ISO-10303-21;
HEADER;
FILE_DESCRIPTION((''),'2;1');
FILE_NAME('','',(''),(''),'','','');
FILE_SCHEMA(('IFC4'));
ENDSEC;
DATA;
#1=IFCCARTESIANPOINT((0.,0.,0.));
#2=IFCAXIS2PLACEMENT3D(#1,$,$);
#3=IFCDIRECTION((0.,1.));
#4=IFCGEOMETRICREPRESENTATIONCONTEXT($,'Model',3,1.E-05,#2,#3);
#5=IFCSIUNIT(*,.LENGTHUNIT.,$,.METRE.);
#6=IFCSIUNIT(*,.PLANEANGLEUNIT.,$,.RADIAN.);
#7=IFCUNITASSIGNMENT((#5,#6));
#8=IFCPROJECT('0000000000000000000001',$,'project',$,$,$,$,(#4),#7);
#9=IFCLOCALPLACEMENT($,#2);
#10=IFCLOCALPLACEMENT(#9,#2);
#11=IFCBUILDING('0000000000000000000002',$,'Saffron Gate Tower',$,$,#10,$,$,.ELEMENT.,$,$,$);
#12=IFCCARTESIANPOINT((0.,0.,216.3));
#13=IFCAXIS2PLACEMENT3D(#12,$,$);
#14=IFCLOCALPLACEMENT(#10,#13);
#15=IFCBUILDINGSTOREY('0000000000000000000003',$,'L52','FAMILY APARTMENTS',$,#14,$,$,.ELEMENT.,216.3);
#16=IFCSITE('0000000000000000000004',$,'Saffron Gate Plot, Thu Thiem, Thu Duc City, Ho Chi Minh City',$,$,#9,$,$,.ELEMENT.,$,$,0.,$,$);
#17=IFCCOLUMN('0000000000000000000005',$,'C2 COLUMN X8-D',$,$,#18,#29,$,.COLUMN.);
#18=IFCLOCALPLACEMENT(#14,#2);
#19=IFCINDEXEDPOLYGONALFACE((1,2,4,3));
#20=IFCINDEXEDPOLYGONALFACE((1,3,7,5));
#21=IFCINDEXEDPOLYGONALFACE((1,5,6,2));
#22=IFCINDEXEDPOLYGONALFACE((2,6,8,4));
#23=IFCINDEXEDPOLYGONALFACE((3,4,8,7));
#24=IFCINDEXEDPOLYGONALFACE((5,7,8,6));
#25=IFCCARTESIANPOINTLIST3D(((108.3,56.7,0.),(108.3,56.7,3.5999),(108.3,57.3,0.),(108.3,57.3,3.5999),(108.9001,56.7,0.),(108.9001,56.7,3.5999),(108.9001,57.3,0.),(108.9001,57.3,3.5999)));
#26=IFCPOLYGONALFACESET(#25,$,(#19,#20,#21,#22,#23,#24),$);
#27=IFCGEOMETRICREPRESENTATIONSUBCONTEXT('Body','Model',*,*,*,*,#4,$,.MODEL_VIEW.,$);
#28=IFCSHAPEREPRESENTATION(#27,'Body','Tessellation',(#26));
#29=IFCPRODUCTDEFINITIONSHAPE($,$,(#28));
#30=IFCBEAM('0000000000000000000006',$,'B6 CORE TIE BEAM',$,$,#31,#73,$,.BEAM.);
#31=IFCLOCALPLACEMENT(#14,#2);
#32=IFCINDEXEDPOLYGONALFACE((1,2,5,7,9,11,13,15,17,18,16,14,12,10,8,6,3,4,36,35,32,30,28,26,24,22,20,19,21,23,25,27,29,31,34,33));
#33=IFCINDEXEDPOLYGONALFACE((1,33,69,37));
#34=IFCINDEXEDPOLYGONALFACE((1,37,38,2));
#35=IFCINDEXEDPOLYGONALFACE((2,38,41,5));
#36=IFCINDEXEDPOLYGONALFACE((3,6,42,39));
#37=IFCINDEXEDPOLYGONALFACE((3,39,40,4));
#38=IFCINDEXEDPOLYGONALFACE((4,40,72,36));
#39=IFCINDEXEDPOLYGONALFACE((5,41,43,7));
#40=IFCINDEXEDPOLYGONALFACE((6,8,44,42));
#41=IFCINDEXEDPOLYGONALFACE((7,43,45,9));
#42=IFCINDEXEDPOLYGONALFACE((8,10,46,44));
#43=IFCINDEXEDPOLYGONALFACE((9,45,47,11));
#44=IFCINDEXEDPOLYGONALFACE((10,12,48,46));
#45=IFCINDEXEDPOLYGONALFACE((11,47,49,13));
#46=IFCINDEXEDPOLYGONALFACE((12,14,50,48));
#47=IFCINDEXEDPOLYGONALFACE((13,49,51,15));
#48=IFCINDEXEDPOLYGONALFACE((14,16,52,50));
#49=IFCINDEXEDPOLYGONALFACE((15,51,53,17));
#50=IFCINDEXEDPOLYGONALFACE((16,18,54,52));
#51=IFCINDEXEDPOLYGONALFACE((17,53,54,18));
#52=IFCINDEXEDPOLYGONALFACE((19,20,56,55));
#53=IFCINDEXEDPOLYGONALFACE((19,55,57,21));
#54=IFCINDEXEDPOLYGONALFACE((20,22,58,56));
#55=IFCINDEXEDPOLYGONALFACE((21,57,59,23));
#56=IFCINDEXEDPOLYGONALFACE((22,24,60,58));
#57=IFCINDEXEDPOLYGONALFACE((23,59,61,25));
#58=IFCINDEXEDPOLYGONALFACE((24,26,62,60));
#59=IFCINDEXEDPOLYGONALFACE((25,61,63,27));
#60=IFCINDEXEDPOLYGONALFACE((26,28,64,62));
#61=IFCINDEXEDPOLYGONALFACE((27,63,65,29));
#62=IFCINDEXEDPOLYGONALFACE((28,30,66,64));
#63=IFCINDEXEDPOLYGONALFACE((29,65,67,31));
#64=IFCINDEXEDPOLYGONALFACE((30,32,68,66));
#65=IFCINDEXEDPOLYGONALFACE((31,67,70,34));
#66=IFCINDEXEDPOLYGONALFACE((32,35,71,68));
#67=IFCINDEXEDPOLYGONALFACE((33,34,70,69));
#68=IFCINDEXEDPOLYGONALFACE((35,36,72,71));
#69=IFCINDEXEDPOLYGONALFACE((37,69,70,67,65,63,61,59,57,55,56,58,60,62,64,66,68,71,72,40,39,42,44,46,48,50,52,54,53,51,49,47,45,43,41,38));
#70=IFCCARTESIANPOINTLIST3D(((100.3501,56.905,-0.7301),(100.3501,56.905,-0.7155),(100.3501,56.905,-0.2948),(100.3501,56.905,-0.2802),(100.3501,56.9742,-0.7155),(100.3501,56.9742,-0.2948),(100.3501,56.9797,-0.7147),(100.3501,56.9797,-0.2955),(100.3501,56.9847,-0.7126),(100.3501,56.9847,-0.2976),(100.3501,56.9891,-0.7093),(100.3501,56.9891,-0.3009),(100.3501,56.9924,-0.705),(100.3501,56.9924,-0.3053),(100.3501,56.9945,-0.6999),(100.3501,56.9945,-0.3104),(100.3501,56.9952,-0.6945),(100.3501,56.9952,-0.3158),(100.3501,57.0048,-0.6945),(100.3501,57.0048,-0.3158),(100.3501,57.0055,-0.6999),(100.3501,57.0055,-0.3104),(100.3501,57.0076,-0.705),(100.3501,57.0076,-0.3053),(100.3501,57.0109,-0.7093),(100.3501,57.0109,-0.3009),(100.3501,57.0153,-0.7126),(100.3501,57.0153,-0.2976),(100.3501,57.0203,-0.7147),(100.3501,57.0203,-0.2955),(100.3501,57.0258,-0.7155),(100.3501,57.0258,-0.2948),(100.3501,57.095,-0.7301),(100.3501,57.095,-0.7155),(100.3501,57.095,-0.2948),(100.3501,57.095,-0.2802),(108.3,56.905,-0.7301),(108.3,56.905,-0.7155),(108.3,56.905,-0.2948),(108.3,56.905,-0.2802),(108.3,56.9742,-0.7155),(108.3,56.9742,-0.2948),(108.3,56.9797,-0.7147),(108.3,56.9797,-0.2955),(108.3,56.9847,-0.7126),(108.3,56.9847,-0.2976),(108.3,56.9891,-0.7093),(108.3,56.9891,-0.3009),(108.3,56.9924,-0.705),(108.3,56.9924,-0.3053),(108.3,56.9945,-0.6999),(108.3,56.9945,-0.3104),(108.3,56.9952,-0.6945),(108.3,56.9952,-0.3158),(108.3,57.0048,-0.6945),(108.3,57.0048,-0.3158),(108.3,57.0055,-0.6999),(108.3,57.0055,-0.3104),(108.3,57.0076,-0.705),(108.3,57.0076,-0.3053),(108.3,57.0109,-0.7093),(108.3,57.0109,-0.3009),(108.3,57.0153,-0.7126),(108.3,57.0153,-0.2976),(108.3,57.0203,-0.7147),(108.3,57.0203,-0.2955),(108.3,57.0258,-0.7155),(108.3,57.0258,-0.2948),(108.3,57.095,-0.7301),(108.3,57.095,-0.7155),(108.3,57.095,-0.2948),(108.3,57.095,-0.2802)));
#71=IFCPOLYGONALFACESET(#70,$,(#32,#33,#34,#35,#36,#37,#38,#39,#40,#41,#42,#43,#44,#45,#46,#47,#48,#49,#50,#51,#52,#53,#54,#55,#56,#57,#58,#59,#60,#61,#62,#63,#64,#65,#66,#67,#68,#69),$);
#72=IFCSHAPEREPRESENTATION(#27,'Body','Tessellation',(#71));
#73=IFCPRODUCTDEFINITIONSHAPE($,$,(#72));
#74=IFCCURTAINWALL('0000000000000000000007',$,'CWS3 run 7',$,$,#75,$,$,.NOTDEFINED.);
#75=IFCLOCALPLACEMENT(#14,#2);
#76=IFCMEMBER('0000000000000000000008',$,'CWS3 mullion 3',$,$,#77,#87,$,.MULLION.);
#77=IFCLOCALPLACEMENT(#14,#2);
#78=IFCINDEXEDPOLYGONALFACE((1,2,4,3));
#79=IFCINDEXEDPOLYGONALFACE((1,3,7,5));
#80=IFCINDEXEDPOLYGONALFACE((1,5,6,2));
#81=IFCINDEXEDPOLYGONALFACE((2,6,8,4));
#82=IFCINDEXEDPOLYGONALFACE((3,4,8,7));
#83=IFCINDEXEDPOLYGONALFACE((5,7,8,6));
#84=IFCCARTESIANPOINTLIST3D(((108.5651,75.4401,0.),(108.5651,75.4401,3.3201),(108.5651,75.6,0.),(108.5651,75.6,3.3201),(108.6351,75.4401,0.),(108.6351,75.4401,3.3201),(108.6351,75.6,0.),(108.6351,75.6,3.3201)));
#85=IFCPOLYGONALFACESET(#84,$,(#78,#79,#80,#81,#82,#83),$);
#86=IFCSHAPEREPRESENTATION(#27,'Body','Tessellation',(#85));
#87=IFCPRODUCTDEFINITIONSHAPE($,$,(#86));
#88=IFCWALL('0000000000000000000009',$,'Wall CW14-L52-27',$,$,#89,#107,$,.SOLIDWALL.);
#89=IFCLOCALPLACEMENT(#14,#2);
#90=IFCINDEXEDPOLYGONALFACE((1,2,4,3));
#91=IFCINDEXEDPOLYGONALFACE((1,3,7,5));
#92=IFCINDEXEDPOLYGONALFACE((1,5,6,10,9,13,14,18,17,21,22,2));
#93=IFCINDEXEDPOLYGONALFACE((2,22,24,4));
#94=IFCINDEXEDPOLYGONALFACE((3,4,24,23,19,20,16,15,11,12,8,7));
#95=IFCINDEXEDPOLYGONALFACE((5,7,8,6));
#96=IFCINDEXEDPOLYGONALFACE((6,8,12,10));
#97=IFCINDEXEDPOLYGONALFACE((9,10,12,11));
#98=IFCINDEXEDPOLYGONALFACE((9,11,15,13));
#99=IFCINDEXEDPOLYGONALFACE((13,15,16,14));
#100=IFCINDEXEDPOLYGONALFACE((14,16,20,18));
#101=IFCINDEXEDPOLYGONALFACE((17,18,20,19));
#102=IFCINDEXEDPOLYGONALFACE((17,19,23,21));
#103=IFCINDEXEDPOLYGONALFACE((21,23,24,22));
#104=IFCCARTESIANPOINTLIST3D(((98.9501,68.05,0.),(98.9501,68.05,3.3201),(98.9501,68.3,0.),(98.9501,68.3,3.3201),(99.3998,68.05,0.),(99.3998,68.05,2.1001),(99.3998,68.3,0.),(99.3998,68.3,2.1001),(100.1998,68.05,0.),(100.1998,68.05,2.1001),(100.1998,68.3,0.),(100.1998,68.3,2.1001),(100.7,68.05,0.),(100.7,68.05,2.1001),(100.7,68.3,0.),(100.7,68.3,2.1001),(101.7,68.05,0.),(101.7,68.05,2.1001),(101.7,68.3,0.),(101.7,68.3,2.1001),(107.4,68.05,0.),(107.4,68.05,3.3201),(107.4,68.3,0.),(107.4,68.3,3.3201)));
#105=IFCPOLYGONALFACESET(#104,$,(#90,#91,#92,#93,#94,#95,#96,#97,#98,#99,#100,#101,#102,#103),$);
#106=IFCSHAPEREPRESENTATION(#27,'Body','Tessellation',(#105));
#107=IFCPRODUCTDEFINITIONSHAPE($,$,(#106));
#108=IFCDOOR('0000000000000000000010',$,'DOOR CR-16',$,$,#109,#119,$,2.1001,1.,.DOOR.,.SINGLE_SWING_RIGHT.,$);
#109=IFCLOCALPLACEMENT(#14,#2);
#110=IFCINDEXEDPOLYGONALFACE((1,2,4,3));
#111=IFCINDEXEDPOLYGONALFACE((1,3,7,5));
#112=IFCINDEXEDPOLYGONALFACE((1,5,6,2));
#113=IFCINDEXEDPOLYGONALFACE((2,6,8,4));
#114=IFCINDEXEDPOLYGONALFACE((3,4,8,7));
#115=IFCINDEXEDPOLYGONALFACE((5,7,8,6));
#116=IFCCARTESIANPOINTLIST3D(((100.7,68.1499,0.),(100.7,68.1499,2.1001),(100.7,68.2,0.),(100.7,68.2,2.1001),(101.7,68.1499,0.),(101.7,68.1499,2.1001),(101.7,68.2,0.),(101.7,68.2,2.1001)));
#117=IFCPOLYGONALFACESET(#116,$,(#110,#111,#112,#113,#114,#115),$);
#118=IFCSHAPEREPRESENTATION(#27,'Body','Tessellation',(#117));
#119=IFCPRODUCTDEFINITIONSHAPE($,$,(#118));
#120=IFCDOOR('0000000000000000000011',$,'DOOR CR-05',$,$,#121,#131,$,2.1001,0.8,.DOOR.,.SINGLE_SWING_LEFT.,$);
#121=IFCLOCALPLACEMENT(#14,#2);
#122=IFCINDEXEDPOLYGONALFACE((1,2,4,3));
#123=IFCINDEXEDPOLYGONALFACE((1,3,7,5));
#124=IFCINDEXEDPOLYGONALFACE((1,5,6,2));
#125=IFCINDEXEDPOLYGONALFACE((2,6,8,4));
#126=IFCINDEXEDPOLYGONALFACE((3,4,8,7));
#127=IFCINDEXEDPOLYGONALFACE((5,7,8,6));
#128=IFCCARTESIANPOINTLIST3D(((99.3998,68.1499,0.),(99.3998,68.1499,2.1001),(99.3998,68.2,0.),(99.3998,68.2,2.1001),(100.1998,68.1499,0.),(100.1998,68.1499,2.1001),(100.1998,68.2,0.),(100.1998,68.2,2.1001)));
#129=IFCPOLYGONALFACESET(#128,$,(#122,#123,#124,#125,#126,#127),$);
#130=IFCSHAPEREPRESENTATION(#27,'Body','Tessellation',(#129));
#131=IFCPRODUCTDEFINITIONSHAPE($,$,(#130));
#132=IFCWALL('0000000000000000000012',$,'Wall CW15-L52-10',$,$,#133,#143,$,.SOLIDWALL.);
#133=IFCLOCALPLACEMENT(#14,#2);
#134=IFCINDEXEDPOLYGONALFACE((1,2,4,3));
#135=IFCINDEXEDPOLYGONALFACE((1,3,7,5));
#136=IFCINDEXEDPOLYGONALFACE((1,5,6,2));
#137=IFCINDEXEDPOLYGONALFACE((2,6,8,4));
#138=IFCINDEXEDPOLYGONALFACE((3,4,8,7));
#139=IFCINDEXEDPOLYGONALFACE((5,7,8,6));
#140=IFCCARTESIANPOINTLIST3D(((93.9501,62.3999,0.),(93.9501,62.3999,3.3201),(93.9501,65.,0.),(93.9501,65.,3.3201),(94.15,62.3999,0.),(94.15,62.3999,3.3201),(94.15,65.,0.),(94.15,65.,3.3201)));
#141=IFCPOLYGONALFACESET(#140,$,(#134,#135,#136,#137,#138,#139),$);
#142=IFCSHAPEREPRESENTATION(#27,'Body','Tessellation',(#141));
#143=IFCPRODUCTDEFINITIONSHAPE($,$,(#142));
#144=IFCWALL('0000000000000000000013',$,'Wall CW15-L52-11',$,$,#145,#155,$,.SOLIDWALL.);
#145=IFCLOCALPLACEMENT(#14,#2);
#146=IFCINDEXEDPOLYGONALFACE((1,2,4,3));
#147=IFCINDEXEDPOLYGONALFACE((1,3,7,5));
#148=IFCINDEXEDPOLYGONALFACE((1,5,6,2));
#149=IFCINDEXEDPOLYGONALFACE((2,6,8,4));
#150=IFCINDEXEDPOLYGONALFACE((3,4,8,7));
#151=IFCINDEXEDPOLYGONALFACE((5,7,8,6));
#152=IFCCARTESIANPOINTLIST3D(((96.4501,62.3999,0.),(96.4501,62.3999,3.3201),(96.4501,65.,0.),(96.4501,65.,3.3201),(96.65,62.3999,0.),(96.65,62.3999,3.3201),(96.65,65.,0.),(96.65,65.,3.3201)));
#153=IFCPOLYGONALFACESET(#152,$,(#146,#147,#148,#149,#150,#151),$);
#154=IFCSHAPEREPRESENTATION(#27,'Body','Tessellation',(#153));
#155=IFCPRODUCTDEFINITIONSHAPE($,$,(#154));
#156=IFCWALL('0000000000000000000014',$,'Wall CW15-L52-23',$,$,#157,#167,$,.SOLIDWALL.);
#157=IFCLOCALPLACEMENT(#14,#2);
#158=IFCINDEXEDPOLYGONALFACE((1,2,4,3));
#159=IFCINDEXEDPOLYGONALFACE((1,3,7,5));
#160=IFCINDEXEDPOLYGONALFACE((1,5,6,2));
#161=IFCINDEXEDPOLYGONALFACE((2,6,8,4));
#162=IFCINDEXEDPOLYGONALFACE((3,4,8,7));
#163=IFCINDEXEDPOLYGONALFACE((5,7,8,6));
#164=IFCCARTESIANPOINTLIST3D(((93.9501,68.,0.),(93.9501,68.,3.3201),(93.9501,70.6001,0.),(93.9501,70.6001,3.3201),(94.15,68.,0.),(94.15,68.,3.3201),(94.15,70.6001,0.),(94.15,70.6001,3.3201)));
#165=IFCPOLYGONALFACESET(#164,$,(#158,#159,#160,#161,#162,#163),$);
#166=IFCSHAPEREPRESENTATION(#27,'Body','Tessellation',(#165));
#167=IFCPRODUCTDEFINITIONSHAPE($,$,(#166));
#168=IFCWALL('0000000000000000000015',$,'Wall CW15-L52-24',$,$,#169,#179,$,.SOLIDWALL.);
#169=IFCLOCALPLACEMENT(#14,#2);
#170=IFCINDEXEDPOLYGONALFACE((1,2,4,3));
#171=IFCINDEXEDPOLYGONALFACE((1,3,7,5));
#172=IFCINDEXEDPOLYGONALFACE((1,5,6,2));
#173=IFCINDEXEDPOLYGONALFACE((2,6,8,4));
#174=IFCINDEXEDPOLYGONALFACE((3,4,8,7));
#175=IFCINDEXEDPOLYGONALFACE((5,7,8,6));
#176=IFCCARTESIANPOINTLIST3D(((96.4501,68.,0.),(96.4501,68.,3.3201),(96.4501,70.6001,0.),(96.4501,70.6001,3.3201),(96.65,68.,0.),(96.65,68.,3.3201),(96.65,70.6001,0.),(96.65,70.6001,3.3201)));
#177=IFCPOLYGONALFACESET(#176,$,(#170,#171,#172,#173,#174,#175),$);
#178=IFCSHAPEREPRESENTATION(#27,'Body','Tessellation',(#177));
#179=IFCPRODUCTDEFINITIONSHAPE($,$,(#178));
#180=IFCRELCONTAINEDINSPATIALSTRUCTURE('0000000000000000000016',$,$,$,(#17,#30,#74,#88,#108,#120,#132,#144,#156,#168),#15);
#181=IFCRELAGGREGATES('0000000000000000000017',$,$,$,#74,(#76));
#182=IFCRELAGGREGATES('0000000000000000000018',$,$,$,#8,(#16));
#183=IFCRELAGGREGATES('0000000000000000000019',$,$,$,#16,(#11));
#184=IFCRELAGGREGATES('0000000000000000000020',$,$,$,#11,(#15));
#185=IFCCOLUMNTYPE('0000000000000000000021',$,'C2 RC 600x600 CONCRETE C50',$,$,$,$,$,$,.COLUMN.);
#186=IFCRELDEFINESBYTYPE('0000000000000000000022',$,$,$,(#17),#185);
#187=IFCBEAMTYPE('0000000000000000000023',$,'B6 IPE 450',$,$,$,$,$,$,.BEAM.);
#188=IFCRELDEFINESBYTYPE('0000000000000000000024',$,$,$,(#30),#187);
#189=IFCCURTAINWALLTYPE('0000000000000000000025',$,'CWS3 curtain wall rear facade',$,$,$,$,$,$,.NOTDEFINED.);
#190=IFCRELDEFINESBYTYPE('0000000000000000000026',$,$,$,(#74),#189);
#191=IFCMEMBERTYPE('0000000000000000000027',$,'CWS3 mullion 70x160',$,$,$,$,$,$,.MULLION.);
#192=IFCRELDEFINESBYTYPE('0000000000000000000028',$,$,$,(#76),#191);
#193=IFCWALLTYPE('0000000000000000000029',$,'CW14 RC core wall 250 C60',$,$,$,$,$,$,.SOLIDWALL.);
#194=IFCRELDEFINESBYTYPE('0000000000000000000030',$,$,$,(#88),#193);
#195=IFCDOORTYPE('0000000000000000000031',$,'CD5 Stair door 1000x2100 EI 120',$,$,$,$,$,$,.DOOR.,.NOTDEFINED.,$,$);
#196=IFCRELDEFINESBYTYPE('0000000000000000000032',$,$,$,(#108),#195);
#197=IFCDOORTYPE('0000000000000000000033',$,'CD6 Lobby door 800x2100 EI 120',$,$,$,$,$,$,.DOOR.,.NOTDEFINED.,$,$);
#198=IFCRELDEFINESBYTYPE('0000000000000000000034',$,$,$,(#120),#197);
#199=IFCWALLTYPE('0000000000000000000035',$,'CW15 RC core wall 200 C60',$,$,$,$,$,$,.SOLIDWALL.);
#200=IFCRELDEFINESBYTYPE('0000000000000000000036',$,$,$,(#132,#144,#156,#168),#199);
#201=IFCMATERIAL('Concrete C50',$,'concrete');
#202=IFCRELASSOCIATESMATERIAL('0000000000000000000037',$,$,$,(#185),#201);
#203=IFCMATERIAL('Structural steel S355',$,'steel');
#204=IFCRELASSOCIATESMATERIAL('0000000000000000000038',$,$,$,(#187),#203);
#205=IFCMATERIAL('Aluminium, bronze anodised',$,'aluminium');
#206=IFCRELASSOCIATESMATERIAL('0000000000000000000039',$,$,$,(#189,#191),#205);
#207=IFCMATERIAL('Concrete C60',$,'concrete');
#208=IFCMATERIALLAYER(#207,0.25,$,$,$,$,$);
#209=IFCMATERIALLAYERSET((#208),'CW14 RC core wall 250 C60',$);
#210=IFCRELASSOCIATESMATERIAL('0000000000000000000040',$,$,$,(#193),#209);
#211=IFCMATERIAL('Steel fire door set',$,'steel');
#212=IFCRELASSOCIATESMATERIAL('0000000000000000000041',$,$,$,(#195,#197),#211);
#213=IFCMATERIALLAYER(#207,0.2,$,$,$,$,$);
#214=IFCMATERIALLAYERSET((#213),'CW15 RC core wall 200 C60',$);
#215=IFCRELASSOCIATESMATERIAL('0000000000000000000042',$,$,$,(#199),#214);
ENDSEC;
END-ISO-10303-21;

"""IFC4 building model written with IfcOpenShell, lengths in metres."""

from ifc_helpers import new_model, si_unit, direction, frame, frame_2d, origin, origin_2d, place, context, subcontext, project, spatial, rectangle, i_section, extrude, material, layer, layer_set, material_profile, profile_set, type_object, element, fill, aggregate, save


model = new_model("IFC4")

# Units and contexts
model_context = context("Model", 3, precision=1e-05, world=origin(), true_north=direction((0.0, 1.0)))
body_context = subcontext(model_context, "Body", "Model", "MODEL_VIEW")
ifc_project = project(units=[si_unit("LENGTHUNIT", "METRE"), si_unit("PLANEANGLEUNIT", "RADIAN")], contexts=[model_context])

# Site, building, storey
site_placement = place(None, origin())
site = spatial("IfcSite", under=ifc_project, at=site_placement, Name="Saffron Gate Plot, Thu Thiem, Thu Duc City, Ho Chi Minh City", CompositionType="ELEMENT", RefElevation=0.0)
building_placement = place(site_placement, origin())
building = spatial("IfcBuilding", under=site, at=building_placement, Name="Saffron Gate Tower", CompositionType="ELEMENT")
storey_placement = place(building_placement, frame((0.0, 0.0, 216.3)))
storey = spatial("IfcBuildingStorey", under=building, at=storey_placement, Name="L52", Description="FAMILY APARTMENTS", CompositionType="ELEMENT", Elevation=216.3)

# Column
ifc_material_1 = material(Name="Concrete C50", Category="concrete")
ifc_material_profile_1 = material_profile(ifc_material_1, rectangle(XDim=0.6001, YDim=0.6001, at=origin_2d()))
ifc_profile_set_1 = profile_set([ifc_material_profile_1], Name="Concrete C50")
column_type = type_object("IfcColumnType", Name="C2 RC 600x600 CONCRETE C50", PredefinedType="COLUMN", material=ifc_profile_set_1)
column_placement = place(storey_placement, frame((108.6001, 57.0, 0.0), z_axis=(0.0, 0.0, 1.0), x_axis=(1.0, 0.0, 0.0)))
element("IfcColumn", 1, at=column_placement, inside=storey, type_object=column_type, Name="C2 COLUMN X8-D", PredefinedType="COLUMN", context=body_context, shape_type="SweptSolid", body=[
    extrude(rectangle(XDim=0.6001, YDim=0.6001, at=origin_2d()), origin(), (0.0, 0.0, 1.0), 3.5999),
])

# Beam
ifc_material_2 = material(Name="Structural steel S355", Category="steel")
ifc_material_profile_2 = material_profile(ifc_material_2, i_section(OverallWidth=0.1899, OverallDepth=0.45, WebThickness=0.0095, FlangeThickness=0.0146, FilletRadius=0.021, at=origin_2d()))
ifc_profile_set_2 = profile_set([ifc_material_profile_2], Name="Structural steel S355")
beam_type = type_object("IfcBeamType", Name="B6 IPE 450", PredefinedType="BEAM", material=ifc_profile_set_2)
beam_placement = place(storey_placement, frame((108.3, 57.0, -0.5051), z_axis=(-1.0, 0.0, 0.0), x_axis=(0.0, -1.0, 0.0)))
element("IfcBeam", 2, at=beam_placement, inside=storey, type_object=beam_type, Name="B6 CORE TIE BEAM", PredefinedType="BEAM", context=body_context, shape_type="SweptSolid", body=[
    extrude(i_section(OverallWidth=0.1899, OverallDepth=0.45, WebThickness=0.0095, FlangeThickness=0.0146, FilletRadius=0.021, at=origin_2d()), origin(), (0.0, 0.0, 1.0), 7.95),
])

# Curtain wall, member
ifc_material_3 = material(Name="Aluminium, bronze anodised", Category="aluminium")
curtain_wall_type = type_object("IfcCurtainWallType", Name="CWS3 curtain wall rear facade", PredefinedType="NOTDEFINED", material=ifc_material_3)
curtain_wall_placement = place(storey_placement, origin())
curtain_wall = element("IfcCurtainWall", 3, at=curtain_wall_placement, inside=storey, type_object=curtain_wall_type, Name="CWS3 run 7", PredefinedType="NOTDEFINED")
ifc_material_profile_3 = material_profile(ifc_material_3, rectangle(XDim=0.1599, YDim=0.0701, at=origin_2d()))
ifc_profile_set_3 = profile_set([ifc_material_profile_3], Name="Aluminium, bronze anodised")
member_type = type_object("IfcMemberType", Name="CWS3 mullion 70x160", PredefinedType="MULLION", material=ifc_profile_set_3)
member_placement = place(storey_placement, frame((108.6001, 75.52, 0.0), z_axis=(0.0, 0.0, 1.0), x_axis=(0.0, -1.0, 0.0)))
member = element("IfcMember", 4, at=member_placement, type_object=member_type, Name="CWS3 mullion 3", PredefinedType="MULLION", context=body_context, shape_type="SweptSolid", body=[
    extrude(rectangle(XDim=0.1599, YDim=0.0701, at=origin_2d()), origin(), (0.0, 0.0, 1.0), 3.3201),
])
aggregate(curtain_wall, [member])

# Wall, openings, doors
ifc_material_4 = material(Name="Concrete C60", Category="concrete")
ifc_layer_1 = layer(ifc_material_4, 0.25)
ifc_layer_set_1 = layer_set([ifc_layer_1], Name="CW14 RC core wall 250 C60")
wall_type_1 = type_object("IfcWallType", Name="CW14 RC core wall 250 C60", PredefinedType="SOLIDWALL", material=ifc_layer_set_1)
wall_1_placement = place(storey_placement, frame((98.95, 68.175, 0.0), z_axis=(0.0, 0.0, 1.0), x_axis=(1.0, 0.0, 0.0)))
wall_1 = element("IfcWall", 5, at=wall_1_placement, inside=storey, type_object=wall_type_1, Name="Wall CW14-L52-27", PredefinedType="SOLIDWALL", context=body_context, shape_type="SweptSolid", body=[
    extrude(rectangle(XDim=8.45, YDim=0.25, at=frame_2d((4.2251, 0.0))), origin(), (0.0, 0.0, 1.0), 3.3201),
])
opening_1_placement = place(wall_1_placement, frame((0.45, 0.0, 0.0)))
opening_1 = element("IfcOpeningElement", 6, at=opening_1_placement, cuts=wall_1, PredefinedType="OPENING", context=body_context, shape_type="SweptSolid", body=[
    extrude(rectangle(XDim=0.8, YDim=2.1001, at=frame_2d((0.3999, 1.05))), frame((0.0, 0.135, 0.0), z_axis=(0.0, -1.0, 0.0), x_axis=(1.0, 0.0, 0.0)), (0.0, 0.0, 1.0), 0.27),
])
opening_2_placement = place(wall_1_placement, frame((1.75, 0.0, 0.0)))
opening_2 = element("IfcOpeningElement", 7, at=opening_2_placement, cuts=wall_1, PredefinedType="OPENING", context=body_context, shape_type="SweptSolid", body=[
    extrude(rectangle(XDim=1.0, YDim=2.1001, at=frame_2d((0.5, 1.05))), frame((0.0, 0.135, 0.0), z_axis=(0.0, -1.0, 0.0), x_axis=(1.0, 0.0, 0.0)), (0.0, 0.0, 1.0), 0.27),
])
ifc_material_5 = material(Name="Steel fire door set", Category="steel")
door_type_1 = type_object("IfcDoorType", Name="CD5 Stair door 1000x2100 EI 120", OperationType="NOTDEFINED", PredefinedType="DOOR", material=ifc_material_5)
door_1_placement = place(opening_2_placement, origin())
door_1 = element("IfcDoor", 8, at=door_1_placement, inside=storey, type_object=door_type_1, Name="DOOR CR-16", OperationType="SINGLE_SWING_RIGHT", OverallHeight=2.1001, OverallWidth=1.0, PredefinedType="DOOR", context=body_context, shape_type="SweptSolid", body=[
    extrude(rectangle(XDim=1.0, YDim=2.1001, at=frame_2d((0.5, 1.05))), frame((0.0, 0.0249, 0.0), z_axis=(0.0, -1.0, 0.0), x_axis=(1.0, 0.0, 0.0)), (0.0, 0.0, 1.0), 0.05),
])
fill(opening_2, door_1)
door_type_2 = type_object("IfcDoorType", Name="CD6 Lobby door 800x2100 EI 120", OperationType="NOTDEFINED", PredefinedType="DOOR", material=ifc_material_5)
door_2_placement = place(opening_1_placement, origin())
door_2 = element("IfcDoor", 9, at=door_2_placement, inside=storey, type_object=door_type_2, Name="DOOR CR-05", OperationType="SINGLE_SWING_LEFT", OverallHeight=2.1001, OverallWidth=0.8, PredefinedType="DOOR", context=body_context, shape_type="SweptSolid", body=[
    extrude(rectangle(XDim=0.8, YDim=2.1001, at=frame_2d((0.3999, 1.05))), frame((0.0, 0.0249, 0.0), z_axis=(0.0, -1.0, 0.0), x_axis=(1.0, 0.0, 0.0)), (0.0, 0.0, 1.0), 0.05),
])
fill(opening_1, door_2)

# Walls
ifc_layer_2 = layer(ifc_material_4, 0.2)
ifc_layer_set_2 = layer_set([ifc_layer_2], Name="CW15 RC core wall 200 C60")
wall_type_2 = type_object("IfcWallType", Name="CW15 RC core wall 200 C60", PredefinedType="SOLIDWALL", material=ifc_layer_set_2)
for number, where, z_axis, x_axis, name in (
    (10, (94.05, 62.3999, 0.0), (0.0, 0.0, 1.0), (0.0, 1.0, 0.0), "Wall CW15-L52-10"),
    (11, (96.55, 62.3999, 0.0), (0.0, 0.0, 1.0), (0.0, 1.0, 0.0), "Wall CW15-L52-11"),
    (12, (94.05, 68.0, 0.0), (0.0, 0.0, 1.0), (0.0, 1.0, 0.0), "Wall CW15-L52-23"),
    (13, (96.55, 68.0, 0.0), (0.0, 0.0, 1.0), (0.0, 1.0, 0.0), "Wall CW15-L52-24"),
):
    element("IfcWall", number, at=place(storey_placement, frame(where, z_axis=z_axis, x_axis=x_axis)), inside=storey, type_object=wall_type_2, Name=name, PredefinedType="SOLIDWALL", context=body_context, shape_type="SweptSolid", body=[
        extrude(rectangle(XDim=2.6001, YDim=0.2, at=frame_2d((1.3, 0.0))), origin(), (0.0, 0.0, 1.0), 3.3201),
    ])

save(model, "model.ifc")
